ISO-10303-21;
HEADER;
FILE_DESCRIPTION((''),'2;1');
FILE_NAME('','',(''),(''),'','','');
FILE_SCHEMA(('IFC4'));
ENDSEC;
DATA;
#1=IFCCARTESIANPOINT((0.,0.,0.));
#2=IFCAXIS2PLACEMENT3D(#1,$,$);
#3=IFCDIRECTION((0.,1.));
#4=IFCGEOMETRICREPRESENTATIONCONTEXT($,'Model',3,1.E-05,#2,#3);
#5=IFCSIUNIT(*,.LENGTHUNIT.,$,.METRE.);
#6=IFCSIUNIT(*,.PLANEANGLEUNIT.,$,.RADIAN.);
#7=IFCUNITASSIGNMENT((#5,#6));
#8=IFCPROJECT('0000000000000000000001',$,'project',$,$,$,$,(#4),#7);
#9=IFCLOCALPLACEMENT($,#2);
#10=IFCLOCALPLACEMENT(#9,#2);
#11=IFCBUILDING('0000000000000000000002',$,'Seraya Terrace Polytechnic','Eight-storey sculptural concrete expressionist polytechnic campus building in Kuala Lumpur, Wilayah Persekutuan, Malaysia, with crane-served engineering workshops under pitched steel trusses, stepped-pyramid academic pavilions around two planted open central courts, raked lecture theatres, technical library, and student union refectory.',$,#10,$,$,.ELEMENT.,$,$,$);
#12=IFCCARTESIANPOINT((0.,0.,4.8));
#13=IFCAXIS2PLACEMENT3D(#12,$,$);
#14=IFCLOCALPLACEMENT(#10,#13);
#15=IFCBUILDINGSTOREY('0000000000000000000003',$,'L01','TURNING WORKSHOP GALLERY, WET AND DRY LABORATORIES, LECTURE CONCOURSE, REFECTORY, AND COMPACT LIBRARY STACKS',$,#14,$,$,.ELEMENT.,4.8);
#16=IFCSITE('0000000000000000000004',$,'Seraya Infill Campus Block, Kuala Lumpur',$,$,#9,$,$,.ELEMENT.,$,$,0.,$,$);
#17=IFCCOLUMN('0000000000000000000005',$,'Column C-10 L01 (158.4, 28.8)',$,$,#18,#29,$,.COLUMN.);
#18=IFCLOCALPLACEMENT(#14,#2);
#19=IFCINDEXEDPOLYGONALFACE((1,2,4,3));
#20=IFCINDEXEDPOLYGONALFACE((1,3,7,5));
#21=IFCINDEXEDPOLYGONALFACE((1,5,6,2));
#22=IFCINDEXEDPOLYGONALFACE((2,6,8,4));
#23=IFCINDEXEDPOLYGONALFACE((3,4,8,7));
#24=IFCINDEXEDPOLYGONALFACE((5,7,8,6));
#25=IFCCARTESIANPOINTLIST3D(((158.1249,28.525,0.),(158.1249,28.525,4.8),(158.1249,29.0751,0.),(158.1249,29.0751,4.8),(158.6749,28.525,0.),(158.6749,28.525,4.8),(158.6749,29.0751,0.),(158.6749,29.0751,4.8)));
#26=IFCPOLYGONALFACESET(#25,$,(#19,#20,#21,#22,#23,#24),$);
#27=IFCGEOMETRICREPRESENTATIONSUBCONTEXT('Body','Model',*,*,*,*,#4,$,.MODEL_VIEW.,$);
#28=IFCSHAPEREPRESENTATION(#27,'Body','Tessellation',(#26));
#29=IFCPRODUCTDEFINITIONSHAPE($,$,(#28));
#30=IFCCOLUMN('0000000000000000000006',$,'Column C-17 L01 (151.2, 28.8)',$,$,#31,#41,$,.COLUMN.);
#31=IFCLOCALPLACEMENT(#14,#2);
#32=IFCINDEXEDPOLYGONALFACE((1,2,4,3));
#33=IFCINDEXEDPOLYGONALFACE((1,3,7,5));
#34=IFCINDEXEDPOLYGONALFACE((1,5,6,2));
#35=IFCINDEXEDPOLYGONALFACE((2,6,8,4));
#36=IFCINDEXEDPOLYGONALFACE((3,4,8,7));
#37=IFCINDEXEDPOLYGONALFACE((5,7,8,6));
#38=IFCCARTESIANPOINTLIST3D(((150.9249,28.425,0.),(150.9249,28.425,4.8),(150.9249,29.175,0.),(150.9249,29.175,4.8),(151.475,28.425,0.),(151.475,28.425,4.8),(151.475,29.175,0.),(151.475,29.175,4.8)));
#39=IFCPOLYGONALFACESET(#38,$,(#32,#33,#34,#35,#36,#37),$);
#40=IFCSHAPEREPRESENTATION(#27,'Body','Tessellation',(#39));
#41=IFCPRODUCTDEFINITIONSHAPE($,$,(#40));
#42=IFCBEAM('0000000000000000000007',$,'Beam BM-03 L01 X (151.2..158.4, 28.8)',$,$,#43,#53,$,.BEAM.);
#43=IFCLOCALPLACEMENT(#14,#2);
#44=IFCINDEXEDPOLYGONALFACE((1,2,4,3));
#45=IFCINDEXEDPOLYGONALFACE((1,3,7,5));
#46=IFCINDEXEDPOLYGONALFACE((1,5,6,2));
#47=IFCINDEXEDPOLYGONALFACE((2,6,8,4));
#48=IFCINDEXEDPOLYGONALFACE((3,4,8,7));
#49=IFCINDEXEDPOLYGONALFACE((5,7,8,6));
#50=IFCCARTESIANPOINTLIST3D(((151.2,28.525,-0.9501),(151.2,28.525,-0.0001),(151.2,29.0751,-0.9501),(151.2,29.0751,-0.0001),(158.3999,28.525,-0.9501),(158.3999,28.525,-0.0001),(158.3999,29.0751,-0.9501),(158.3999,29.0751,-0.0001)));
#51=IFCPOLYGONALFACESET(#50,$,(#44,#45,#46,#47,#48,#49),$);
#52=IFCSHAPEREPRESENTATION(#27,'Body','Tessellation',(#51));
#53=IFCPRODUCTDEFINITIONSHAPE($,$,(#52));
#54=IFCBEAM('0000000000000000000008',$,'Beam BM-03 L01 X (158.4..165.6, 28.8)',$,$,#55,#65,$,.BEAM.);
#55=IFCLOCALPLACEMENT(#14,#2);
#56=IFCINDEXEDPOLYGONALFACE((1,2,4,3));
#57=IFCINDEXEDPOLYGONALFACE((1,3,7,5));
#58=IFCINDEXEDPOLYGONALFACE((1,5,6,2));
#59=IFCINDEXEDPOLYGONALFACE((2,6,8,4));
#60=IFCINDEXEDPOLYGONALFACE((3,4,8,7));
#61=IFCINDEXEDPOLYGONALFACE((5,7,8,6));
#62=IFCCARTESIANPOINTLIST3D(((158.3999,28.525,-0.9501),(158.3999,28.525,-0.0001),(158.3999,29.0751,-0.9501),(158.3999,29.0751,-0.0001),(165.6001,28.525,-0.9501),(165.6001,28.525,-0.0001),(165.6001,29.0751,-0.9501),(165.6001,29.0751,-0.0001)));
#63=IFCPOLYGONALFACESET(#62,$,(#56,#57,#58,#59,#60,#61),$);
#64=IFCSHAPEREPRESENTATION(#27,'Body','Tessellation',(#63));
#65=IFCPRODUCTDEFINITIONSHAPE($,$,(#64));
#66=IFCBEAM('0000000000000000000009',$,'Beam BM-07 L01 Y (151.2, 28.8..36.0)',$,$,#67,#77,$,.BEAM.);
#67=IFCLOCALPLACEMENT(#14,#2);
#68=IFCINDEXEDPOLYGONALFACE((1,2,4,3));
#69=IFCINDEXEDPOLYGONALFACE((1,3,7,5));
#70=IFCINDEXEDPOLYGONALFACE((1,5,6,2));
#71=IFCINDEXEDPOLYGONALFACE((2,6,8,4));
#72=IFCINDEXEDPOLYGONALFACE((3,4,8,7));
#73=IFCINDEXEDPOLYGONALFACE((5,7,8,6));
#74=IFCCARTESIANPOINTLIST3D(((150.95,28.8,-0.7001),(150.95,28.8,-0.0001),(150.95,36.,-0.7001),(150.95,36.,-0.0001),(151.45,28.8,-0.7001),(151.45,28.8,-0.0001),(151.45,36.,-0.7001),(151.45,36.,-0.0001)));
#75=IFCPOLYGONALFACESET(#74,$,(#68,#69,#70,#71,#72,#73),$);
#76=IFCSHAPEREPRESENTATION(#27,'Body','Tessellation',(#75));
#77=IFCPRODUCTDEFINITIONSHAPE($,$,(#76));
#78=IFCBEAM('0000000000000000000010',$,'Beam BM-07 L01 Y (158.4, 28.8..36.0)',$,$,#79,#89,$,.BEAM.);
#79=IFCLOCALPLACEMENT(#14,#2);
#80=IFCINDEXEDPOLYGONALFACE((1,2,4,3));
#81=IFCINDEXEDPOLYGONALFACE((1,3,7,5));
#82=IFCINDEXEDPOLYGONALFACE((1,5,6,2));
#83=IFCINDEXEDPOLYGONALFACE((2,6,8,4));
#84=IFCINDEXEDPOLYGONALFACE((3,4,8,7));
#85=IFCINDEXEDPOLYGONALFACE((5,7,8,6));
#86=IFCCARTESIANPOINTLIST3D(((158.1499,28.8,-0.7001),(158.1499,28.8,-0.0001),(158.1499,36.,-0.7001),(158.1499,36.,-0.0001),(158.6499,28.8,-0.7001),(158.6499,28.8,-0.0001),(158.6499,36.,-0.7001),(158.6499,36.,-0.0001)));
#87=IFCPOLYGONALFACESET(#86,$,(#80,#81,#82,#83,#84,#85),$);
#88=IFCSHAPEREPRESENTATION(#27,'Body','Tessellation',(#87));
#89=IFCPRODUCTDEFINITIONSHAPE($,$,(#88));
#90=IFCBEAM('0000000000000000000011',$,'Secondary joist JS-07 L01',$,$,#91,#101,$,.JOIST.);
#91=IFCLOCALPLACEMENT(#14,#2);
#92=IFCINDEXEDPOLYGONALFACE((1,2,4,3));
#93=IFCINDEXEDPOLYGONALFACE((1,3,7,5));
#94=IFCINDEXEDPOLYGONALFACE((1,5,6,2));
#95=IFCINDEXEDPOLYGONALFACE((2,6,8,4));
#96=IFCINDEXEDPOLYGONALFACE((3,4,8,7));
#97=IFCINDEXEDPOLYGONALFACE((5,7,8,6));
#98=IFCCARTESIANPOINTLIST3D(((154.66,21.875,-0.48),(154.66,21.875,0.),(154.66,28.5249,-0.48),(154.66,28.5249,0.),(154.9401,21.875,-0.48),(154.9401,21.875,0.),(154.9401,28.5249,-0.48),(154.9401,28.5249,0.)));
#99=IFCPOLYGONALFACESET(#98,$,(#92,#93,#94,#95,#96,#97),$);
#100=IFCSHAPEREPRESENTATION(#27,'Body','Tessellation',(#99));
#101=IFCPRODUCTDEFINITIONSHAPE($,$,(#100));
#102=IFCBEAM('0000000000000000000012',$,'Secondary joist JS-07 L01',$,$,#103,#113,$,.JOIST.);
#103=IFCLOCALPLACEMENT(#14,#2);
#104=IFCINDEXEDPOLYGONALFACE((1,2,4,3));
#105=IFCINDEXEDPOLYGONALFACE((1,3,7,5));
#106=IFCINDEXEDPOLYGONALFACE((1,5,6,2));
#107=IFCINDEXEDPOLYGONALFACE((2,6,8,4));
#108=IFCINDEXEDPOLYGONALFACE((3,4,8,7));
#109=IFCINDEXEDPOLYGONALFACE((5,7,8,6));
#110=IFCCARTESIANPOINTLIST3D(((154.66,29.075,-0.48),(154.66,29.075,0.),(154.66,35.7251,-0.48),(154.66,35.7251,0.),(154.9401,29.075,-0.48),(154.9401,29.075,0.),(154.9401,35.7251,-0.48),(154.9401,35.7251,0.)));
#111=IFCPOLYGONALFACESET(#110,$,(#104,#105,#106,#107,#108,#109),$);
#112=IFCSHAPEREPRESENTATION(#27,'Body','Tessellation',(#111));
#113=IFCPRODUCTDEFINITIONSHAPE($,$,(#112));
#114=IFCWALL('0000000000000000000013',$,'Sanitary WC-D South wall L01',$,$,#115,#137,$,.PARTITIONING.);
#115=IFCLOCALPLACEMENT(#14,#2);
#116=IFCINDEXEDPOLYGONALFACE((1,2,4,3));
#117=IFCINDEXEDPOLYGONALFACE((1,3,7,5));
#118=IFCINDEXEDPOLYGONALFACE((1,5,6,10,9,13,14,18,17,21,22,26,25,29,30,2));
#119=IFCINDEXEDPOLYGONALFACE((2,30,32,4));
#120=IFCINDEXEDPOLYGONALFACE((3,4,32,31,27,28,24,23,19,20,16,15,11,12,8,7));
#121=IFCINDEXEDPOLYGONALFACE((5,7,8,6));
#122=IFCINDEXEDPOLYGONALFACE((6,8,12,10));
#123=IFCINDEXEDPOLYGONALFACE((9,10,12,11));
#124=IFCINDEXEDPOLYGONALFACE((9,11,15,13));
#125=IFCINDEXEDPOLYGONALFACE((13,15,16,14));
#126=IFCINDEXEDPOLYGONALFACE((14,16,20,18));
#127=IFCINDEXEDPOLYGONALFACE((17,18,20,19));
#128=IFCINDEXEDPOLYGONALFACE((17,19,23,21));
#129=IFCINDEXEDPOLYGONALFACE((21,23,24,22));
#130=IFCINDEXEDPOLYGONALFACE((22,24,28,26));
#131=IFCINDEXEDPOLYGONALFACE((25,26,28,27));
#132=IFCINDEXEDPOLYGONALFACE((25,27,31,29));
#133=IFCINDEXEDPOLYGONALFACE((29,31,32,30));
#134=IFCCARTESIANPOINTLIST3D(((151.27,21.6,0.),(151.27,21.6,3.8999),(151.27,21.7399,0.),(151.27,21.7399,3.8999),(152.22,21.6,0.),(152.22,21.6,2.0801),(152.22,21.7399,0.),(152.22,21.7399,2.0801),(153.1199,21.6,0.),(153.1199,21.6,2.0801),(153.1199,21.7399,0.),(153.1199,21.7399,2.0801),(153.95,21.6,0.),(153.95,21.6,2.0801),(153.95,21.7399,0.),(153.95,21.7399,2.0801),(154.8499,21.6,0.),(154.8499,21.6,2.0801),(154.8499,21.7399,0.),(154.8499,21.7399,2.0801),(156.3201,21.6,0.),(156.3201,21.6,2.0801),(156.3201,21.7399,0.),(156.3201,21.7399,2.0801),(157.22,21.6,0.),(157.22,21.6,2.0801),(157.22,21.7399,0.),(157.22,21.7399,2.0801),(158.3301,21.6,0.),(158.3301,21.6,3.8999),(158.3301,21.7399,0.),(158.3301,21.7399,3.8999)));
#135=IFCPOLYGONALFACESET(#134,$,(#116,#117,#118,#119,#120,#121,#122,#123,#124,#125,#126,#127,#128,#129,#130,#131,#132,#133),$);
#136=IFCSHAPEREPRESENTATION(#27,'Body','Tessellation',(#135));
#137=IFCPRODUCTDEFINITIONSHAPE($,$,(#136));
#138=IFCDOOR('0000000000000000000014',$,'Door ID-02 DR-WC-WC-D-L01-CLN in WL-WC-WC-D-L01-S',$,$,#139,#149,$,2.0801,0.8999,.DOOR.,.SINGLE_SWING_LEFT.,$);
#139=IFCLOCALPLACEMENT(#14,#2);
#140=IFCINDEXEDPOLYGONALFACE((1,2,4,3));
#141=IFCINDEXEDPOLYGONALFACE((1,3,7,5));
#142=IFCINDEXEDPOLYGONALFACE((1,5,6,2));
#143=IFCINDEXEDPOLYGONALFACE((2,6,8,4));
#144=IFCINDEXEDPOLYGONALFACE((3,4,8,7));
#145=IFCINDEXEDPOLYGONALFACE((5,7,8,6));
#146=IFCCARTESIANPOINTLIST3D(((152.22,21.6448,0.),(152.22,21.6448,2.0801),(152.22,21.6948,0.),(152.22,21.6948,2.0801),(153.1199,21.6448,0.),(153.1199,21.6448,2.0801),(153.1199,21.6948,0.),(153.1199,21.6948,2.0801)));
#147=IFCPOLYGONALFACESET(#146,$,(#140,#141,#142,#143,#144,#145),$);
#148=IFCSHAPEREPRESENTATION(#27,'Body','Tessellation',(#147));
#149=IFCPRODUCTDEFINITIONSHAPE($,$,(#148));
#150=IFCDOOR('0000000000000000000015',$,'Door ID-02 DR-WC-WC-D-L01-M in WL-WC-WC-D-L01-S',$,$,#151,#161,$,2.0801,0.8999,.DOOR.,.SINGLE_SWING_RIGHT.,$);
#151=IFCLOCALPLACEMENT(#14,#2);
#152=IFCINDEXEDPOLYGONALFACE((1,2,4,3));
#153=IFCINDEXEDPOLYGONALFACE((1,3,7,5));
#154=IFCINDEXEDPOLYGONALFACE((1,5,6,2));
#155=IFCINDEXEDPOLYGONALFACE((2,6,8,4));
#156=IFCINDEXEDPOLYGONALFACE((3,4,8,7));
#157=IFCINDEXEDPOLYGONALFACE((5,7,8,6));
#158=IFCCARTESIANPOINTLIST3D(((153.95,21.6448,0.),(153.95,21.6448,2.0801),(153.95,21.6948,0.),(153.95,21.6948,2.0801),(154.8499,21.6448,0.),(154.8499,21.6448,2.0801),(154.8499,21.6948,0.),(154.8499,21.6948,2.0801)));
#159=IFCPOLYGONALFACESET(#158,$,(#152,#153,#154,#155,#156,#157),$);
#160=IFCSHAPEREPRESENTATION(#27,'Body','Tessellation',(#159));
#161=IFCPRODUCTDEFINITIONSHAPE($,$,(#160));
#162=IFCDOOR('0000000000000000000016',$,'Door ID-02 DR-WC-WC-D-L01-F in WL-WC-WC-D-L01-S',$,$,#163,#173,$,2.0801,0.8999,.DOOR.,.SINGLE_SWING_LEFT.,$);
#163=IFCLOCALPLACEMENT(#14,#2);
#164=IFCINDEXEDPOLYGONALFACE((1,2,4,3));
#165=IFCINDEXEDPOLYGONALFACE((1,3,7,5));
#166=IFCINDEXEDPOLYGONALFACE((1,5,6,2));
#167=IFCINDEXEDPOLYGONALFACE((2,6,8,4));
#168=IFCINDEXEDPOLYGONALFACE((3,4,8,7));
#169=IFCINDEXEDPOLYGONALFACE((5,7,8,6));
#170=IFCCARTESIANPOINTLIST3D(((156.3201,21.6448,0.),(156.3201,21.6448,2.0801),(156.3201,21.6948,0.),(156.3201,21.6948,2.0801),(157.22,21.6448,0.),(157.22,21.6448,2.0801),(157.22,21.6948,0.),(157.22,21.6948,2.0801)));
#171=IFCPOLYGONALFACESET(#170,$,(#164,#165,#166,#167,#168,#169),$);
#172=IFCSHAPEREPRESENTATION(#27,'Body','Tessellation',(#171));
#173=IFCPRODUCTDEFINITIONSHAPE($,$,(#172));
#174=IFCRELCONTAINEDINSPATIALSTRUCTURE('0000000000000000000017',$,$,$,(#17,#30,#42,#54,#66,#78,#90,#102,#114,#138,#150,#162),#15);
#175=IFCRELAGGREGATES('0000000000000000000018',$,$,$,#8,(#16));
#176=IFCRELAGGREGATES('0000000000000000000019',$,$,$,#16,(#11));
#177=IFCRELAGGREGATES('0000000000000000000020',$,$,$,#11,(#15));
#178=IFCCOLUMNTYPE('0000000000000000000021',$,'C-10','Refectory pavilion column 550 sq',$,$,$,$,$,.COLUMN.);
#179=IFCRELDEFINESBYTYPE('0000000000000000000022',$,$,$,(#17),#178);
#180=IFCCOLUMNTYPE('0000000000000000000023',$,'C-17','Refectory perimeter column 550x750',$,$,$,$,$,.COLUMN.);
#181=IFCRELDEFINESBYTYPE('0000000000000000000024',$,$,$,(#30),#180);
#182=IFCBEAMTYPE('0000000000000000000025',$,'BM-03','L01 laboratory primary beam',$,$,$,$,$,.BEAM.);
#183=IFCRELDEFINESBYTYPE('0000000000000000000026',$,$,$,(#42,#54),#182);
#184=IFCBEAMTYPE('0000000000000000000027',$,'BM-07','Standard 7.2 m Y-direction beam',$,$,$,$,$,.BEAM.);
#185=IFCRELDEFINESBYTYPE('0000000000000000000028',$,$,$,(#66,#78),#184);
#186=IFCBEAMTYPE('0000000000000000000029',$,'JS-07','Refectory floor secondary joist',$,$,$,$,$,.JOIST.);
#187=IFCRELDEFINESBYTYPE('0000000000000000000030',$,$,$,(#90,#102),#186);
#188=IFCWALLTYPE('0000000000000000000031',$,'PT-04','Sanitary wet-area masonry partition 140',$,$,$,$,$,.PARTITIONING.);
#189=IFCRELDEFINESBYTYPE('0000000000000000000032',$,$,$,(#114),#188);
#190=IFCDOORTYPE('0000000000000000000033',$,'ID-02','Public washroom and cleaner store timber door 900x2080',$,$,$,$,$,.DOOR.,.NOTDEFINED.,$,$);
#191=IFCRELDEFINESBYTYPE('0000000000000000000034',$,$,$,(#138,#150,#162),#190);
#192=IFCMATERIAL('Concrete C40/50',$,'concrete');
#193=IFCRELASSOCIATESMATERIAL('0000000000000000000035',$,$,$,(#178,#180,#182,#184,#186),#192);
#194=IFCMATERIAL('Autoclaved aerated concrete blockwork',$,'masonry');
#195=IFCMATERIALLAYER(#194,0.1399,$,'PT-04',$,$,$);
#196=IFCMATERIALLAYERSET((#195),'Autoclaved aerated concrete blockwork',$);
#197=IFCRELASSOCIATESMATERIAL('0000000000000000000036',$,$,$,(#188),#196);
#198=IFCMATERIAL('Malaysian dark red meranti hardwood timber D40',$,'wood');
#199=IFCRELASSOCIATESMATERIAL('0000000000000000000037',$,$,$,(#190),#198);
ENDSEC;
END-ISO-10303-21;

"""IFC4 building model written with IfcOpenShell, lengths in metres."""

from ifc_helpers import new_model, si_unit, direction, frame, frame_2d, origin, origin_2d, place, context, subcontext, project, spatial, rectangle, extrude, material, layer, layer_set, material_profile, profile_set, type_object, element, fill, save


model = new_model("IFC4")

# Units and contexts
model_context = context("Model", 3, precision=1e-05, world=origin(), true_north=direction((0.0, 1.0)))
body_context = subcontext(model_context, "Body", "Model", "MODEL_VIEW")
ifc_project = project(units=[si_unit("LENGTHUNIT", "METRE"), si_unit("PLANEANGLEUNIT", "RADIAN")], contexts=[model_context])

# Site, building, storey
site_placement = place(None, origin())
site = spatial("IfcSite", under=ifc_project, at=site_placement, Name="Seraya Infill Campus Block, Kuala Lumpur", CompositionType="ELEMENT", RefElevation=0.0)
building_placement = place(site_placement, origin())
building = spatial("IfcBuilding", under=site, at=building_placement, Name="Seraya Terrace Polytechnic", Description="Eight-storey sculptural concrete expressionist polytechnic campus building in Kuala Lumpur, Wilayah Persekutuan, Malaysia, with crane-served engineering workshops under pitched steel trusses, stepped-pyramid academic pavilions around two planted open central courts, raked lecture theatres, technical library, and student union refectory.", CompositionType="ELEMENT")
storey_placement = place(building_placement, frame((0.0, 0.0, 4.8)))
storey = spatial("IfcBuildingStorey", under=building, at=storey_placement, Name="L01", Description="TURNING WORKSHOP GALLERY, WET AND DRY LABORATORIES, LECTURE CONCOURSE, REFECTORY, AND COMPACT LIBRARY STACKS", CompositionType="ELEMENT", Elevation=4.8)

# Columns
ifc_material_1 = material(Name="Concrete C40/50", Category="concrete")
ifc_material_profile_1 = material_profile(ifc_material_1, rectangle(XDim=0.55, YDim=0.55, at=origin_2d()), Name="RC 550x550")
ifc_profile_set_1 = profile_set([ifc_material_profile_1], Name="Concrete C40/50")
column_type_1 = type_object("IfcColumnType", Name="C-10", Description="Refectory pavilion column 550 sq", PredefinedType="COLUMN", material=ifc_profile_set_1)
column_1_placement = place(storey_placement, frame((158.3999, 28.8, 0.0), z_axis=(0.0, 0.0, 1.0), x_axis=(1.0, 0.0, 0.0)))
element("IfcColumn", 1, at=column_1_placement, inside=storey, type_object=column_type_1, Name="Column C-10 L01 (158.4, 28.8)", PredefinedType="COLUMN", context=body_context, shape_type="SweptSolid", body=[
    extrude(rectangle(XDim=0.55, YDim=0.55, at=origin_2d()), origin(), (0.0, 0.0, 1.0), 4.8),
])
ifc_material_profile_2 = material_profile(ifc_material_1, rectangle(XDim=0.55, YDim=0.75, at=origin_2d()), Name="RC 550x750")
ifc_profile_set_2 = profile_set([ifc_material_profile_2], Name="Concrete C40/50")
column_type_2 = type_object("IfcColumnType", Name="C-17", Description="Refectory perimeter column 550x750", PredefinedType="COLUMN", material=ifc_profile_set_2)
column_2_placement = place(storey_placement, frame((151.2, 28.8, 0.0), z_axis=(0.0, 0.0, 1.0), x_axis=(1.0, 0.0, 0.0)))
element("IfcColumn", 2, at=column_2_placement, inside=storey, type_object=column_type_2, Name="Column C-17 L01 (151.2, 28.8)", PredefinedType="COLUMN", context=body_context, shape_type="SweptSolid", body=[
    extrude(rectangle(XDim=0.55, YDim=0.75, at=origin_2d()), origin(), (0.0, 0.0, 1.0), 4.8),
])

# Beams
ifc_material_profile_3 = material_profile(ifc_material_1, rectangle(XDim=0.55, YDim=0.95, at=origin_2d()), Name="RC 550x950")
ifc_profile_set_3 = profile_set([ifc_material_profile_3], Name="Concrete C40/50")
beam_type_1 = type_object("IfcBeamType", Name="BM-03", Description="L01 laboratory primary beam", PredefinedType="BEAM", material=ifc_profile_set_3)
beam_1_placement = place(storey_placement, frame((151.2, 28.8, -0.4751), z_axis=(1.0, 0.0, 0.0), x_axis=(0.0, 1.0, 0.0)))
element("IfcBeam", 3, at=beam_1_placement, inside=storey, type_object=beam_type_1, Name="Beam BM-03 L01 X (151.2..158.4, 28.8)", PredefinedType="BEAM", context=body_context, shape_type="SweptSolid", body=[
    extrude(rectangle(XDim=0.55, YDim=0.95, at=origin_2d()), origin(), (0.0, 0.0, 1.0), 7.2),
])
beam_2_placement = place(storey_placement, frame((158.3999, 28.8, -0.4751), z_axis=(1.0, 0.0, 0.0), x_axis=(0.0, 1.0, 0.0)))
element("IfcBeam", 4, at=beam_2_placement, inside=storey, type_object=beam_type_1, Name="Beam BM-03 L01 X (158.4..165.6, 28.8)", PredefinedType="BEAM", context=body_context, shape_type="SweptSolid", body=[
    extrude(rectangle(XDim=0.55, YDim=0.95, at=origin_2d()), origin(), (0.0, 0.0, 1.0), 7.2002),
])
ifc_material_profile_4 = material_profile(ifc_material_1, rectangle(XDim=0.5, YDim=0.7, at=origin_2d()), Name="RC 500x700")
ifc_profile_set_4 = profile_set([ifc_material_profile_4], Name="Concrete C40/50")
beam_type_2 = type_object("IfcBeamType", Name="BM-07", Description="Standard 7.2 m Y-direction beam", PredefinedType="BEAM", material=ifc_profile_set_4)
for number, where, z_axis, x_axis, name in (
    (5, (151.2, 28.8, -0.3501), (0.0, 1.0, 0.0), (-1.0, 0.0, 0.0), "Beam BM-07 L01 Y (151.2, 28.8..36.0)"),
    (6, (158.3999, 28.8, -0.3501), (0.0, 1.0, 0.0), (-1.0, 0.0, 0.0), "Beam BM-07 L01 Y (158.4, 28.8..36.0)"),
):
    element("IfcBeam", number, at=place(storey_placement, frame(where, z_axis=z_axis, x_axis=x_axis)), inside=storey, type_object=beam_type_2, Name=name, PredefinedType="BEAM", context=body_context, shape_type="SweptSolid", body=[
        extrude(rectangle(XDim=0.5, YDim=0.7, at=origin_2d()), origin(), (0.0, 0.0, 1.0), 7.2),
    ])
ifc_material_profile_5 = material_profile(ifc_material_1, rectangle(XDim=0.28, YDim=0.48, at=origin_2d()), Name="RC 280x480")
ifc_profile_set_5 = profile_set([ifc_material_profile_5], Name="Concrete C40/50")
beam_type_3 = type_object("IfcBeamType", Name="JS-07", Description="Refectory floor secondary joist", PredefinedType="JOIST", material=ifc_profile_set_5)
beam_3_placement = place(storey_placement, frame((154.8, 21.875, -0.24), z_axis=(0.0, 1.0, 0.0), x_axis=(-1.0, 0.0, 0.0)))
element("IfcBeam", 7, at=beam_3_placement, inside=storey, type_object=beam_type_3, Name="Secondary joist JS-07 L01", PredefinedType="JOIST", context=body_context, shape_type="SweptSolid", body=[
    extrude(rectangle(XDim=0.28, YDim=0.48, at=origin_2d()), origin(), (0.0, 0.0, 1.0), 6.6499),
])
beam_4_placement = place(storey_placement, frame((154.8, 29.075, -0.24), z_axis=(0.0, 1.0, 0.0), x_axis=(-1.0, 0.0, 0.0)))
element("IfcBeam", 8, at=beam_4_placement, inside=storey, type_object=beam_type_3, Name="Secondary joist JS-07 L01", PredefinedType="JOIST", context=body_context, shape_type="SweptSolid", body=[
    extrude(rectangle(XDim=0.28, YDim=0.48, at=origin_2d()), origin(), (0.0, 0.0, 1.0), 6.6501),
])

# Wall, openings, doors
ifc_material_2 = material(Name="Autoclaved aerated concrete blockwork", Category="masonry")
ifc_layer_1 = layer(ifc_material_2, 0.1399, Name="PT-04")
ifc_layer_set_1 = layer_set([ifc_layer_1], Name="Autoclaved aerated concrete blockwork")
wall_type_1 = type_object("IfcWallType", Name="PT-04", Description="Sanitary wet-area masonry partition 140", PredefinedType="PARTITIONING", material=ifc_layer_set_1)
wall_1_placement = place(storey_placement, frame((151.27, 21.6699, 0.0), z_axis=(0.0, 0.0, 1.0), x_axis=(1.0, 0.0, 0.0)))
wall_1 = element("IfcWall", 9, at=wall_1_placement, inside=storey, type_object=wall_type_1, Name="Sanitary WC-D South wall L01", PredefinedType="PARTITIONING", context=body_context, shape_type="SweptSolid", body=[
    extrude(rectangle(XDim=7.0601, YDim=0.1399, at=frame_2d((3.53, 0.0))), origin(), (0.0, 0.0, 1.0), 3.8999),
])
opening_1_placement = place(wall_1_placement, frame((0.95, 0.0, 0.0)))
opening_1 = element("IfcOpeningElement", 10, at=opening_1_placement, cuts=wall_1, PredefinedType="OPENING", context=body_context, shape_type="SweptSolid", body=[
    extrude(rectangle(XDim=0.8999, YDim=2.0801, at=frame_2d((0.45, 1.04))), frame((0.0, 0.082, 0.0), z_axis=(0.0, -1.0, 0.0), x_axis=(1.0, 0.0, 0.0)), (0.0, 0.0, 1.0), 0.1638),
])
opening_2_placement = place(wall_1_placement, frame((2.6799, 0.0, 0.0)))
opening_2 = element("IfcOpeningElement", 11, at=opening_2_placement, cuts=wall_1, PredefinedType="OPENING", context=body_context, shape_type="SweptSolid", body=[
    extrude(rectangle(XDim=0.8999, YDim=2.0801, at=frame_2d((0.45, 1.04))), frame((0.0, 0.082, 0.0), z_axis=(0.0, -1.0, 0.0), x_axis=(1.0, 0.0, 0.0)), (0.0, 0.0, 1.0), 0.1638),
])
opening_3_placement = place(wall_1_placement, frame((5.05, 0.0, 0.0)))
opening_3 = element("IfcOpeningElement", 12, at=opening_3_placement, cuts=wall_1, PredefinedType="OPENING", context=body_context, shape_type="SweptSolid", body=[
    extrude(rectangle(XDim=0.8999, YDim=2.0801, at=frame_2d((0.45, 1.04))), frame((0.0, 0.082, 0.0), z_axis=(0.0, -1.0, 0.0), x_axis=(1.0, 0.0, 0.0)), (0.0, 0.0, 1.0), 0.1638),
])
ifc_material_3 = material(Name="Malaysian dark red meranti hardwood timber D40", Category="wood")
door_type_1 = type_object("IfcDoorType", Name="ID-02", Description="Public washroom and cleaner store timber door 900x2080", OperationType="NOTDEFINED", PredefinedType="DOOR", material=ifc_material_3)
door_1_placement = place(opening_1_placement, origin())
door_1 = element("IfcDoor", 13, at=door_1_placement, inside=storey, type_object=door_type_1, Name="Door ID-02 DR-WC-WC-D-L01-CLN in WL-WC-WC-D-L01-S", OperationType="SINGLE_SWING_LEFT", OverallHeight=2.0801, OverallWidth=0.8999, PredefinedType="DOOR", context=body_context, shape_type="SweptSolid", body=[
    extrude(rectangle(XDim=0.8999, YDim=2.0801, at=frame_2d((0.45, 1.04))), frame((0.0, 0.0249, 0.0), z_axis=(0.0, -1.0, 0.0), x_axis=(1.0, 0.0, 0.0)), (0.0, 0.0, 1.0), 0.05),
])
fill(opening_1, door_1)
door_2_placement = place(opening_2_placement, origin())
door_2 = element("IfcDoor", 14, at=door_2_placement, inside=storey, type_object=door_type_1, Name="Door ID-02 DR-WC-WC-D-L01-M in WL-WC-WC-D-L01-S", OperationType="SINGLE_SWING_RIGHT", OverallHeight=2.0801, OverallWidth=0.8999, PredefinedType="DOOR", context=body_context, shape_type="SweptSolid", body=[
    extrude(rectangle(XDim=0.8999, YDim=2.0801, at=frame_2d((0.45, 1.04))), frame((0.0, 0.0249, 0.0), z_axis=(0.0, -1.0, 0.0), x_axis=(1.0, 0.0, 0.0)), (0.0, 0.0, 1.0), 0.05),
])
fill(opening_2, door_2)
door_3_placement = place(opening_3_placement, origin())
door_3 = element("IfcDoor", 15, at=door_3_placement, inside=storey, type_object=door_type_1, Name="Door ID-02 DR-WC-WC-D-L01-F in WL-WC-WC-D-L01-S", OperationType="SINGLE_SWING_LEFT", OverallHeight=2.0801, OverallWidth=0.8999, PredefinedType="DOOR", context=body_context, shape_type="SweptSolid", body=[
    extrude(rectangle(XDim=0.8999, YDim=2.0801, at=frame_2d((0.45, 1.04))), frame((0.0, 0.0249, 0.0), z_axis=(0.0, -1.0, 0.0), x_axis=(1.0, 0.0, 0.0)), (0.0, 0.0, 1.0), 0.05),
])
fill(opening_3, door_3)

save(model, "model.ifc")
